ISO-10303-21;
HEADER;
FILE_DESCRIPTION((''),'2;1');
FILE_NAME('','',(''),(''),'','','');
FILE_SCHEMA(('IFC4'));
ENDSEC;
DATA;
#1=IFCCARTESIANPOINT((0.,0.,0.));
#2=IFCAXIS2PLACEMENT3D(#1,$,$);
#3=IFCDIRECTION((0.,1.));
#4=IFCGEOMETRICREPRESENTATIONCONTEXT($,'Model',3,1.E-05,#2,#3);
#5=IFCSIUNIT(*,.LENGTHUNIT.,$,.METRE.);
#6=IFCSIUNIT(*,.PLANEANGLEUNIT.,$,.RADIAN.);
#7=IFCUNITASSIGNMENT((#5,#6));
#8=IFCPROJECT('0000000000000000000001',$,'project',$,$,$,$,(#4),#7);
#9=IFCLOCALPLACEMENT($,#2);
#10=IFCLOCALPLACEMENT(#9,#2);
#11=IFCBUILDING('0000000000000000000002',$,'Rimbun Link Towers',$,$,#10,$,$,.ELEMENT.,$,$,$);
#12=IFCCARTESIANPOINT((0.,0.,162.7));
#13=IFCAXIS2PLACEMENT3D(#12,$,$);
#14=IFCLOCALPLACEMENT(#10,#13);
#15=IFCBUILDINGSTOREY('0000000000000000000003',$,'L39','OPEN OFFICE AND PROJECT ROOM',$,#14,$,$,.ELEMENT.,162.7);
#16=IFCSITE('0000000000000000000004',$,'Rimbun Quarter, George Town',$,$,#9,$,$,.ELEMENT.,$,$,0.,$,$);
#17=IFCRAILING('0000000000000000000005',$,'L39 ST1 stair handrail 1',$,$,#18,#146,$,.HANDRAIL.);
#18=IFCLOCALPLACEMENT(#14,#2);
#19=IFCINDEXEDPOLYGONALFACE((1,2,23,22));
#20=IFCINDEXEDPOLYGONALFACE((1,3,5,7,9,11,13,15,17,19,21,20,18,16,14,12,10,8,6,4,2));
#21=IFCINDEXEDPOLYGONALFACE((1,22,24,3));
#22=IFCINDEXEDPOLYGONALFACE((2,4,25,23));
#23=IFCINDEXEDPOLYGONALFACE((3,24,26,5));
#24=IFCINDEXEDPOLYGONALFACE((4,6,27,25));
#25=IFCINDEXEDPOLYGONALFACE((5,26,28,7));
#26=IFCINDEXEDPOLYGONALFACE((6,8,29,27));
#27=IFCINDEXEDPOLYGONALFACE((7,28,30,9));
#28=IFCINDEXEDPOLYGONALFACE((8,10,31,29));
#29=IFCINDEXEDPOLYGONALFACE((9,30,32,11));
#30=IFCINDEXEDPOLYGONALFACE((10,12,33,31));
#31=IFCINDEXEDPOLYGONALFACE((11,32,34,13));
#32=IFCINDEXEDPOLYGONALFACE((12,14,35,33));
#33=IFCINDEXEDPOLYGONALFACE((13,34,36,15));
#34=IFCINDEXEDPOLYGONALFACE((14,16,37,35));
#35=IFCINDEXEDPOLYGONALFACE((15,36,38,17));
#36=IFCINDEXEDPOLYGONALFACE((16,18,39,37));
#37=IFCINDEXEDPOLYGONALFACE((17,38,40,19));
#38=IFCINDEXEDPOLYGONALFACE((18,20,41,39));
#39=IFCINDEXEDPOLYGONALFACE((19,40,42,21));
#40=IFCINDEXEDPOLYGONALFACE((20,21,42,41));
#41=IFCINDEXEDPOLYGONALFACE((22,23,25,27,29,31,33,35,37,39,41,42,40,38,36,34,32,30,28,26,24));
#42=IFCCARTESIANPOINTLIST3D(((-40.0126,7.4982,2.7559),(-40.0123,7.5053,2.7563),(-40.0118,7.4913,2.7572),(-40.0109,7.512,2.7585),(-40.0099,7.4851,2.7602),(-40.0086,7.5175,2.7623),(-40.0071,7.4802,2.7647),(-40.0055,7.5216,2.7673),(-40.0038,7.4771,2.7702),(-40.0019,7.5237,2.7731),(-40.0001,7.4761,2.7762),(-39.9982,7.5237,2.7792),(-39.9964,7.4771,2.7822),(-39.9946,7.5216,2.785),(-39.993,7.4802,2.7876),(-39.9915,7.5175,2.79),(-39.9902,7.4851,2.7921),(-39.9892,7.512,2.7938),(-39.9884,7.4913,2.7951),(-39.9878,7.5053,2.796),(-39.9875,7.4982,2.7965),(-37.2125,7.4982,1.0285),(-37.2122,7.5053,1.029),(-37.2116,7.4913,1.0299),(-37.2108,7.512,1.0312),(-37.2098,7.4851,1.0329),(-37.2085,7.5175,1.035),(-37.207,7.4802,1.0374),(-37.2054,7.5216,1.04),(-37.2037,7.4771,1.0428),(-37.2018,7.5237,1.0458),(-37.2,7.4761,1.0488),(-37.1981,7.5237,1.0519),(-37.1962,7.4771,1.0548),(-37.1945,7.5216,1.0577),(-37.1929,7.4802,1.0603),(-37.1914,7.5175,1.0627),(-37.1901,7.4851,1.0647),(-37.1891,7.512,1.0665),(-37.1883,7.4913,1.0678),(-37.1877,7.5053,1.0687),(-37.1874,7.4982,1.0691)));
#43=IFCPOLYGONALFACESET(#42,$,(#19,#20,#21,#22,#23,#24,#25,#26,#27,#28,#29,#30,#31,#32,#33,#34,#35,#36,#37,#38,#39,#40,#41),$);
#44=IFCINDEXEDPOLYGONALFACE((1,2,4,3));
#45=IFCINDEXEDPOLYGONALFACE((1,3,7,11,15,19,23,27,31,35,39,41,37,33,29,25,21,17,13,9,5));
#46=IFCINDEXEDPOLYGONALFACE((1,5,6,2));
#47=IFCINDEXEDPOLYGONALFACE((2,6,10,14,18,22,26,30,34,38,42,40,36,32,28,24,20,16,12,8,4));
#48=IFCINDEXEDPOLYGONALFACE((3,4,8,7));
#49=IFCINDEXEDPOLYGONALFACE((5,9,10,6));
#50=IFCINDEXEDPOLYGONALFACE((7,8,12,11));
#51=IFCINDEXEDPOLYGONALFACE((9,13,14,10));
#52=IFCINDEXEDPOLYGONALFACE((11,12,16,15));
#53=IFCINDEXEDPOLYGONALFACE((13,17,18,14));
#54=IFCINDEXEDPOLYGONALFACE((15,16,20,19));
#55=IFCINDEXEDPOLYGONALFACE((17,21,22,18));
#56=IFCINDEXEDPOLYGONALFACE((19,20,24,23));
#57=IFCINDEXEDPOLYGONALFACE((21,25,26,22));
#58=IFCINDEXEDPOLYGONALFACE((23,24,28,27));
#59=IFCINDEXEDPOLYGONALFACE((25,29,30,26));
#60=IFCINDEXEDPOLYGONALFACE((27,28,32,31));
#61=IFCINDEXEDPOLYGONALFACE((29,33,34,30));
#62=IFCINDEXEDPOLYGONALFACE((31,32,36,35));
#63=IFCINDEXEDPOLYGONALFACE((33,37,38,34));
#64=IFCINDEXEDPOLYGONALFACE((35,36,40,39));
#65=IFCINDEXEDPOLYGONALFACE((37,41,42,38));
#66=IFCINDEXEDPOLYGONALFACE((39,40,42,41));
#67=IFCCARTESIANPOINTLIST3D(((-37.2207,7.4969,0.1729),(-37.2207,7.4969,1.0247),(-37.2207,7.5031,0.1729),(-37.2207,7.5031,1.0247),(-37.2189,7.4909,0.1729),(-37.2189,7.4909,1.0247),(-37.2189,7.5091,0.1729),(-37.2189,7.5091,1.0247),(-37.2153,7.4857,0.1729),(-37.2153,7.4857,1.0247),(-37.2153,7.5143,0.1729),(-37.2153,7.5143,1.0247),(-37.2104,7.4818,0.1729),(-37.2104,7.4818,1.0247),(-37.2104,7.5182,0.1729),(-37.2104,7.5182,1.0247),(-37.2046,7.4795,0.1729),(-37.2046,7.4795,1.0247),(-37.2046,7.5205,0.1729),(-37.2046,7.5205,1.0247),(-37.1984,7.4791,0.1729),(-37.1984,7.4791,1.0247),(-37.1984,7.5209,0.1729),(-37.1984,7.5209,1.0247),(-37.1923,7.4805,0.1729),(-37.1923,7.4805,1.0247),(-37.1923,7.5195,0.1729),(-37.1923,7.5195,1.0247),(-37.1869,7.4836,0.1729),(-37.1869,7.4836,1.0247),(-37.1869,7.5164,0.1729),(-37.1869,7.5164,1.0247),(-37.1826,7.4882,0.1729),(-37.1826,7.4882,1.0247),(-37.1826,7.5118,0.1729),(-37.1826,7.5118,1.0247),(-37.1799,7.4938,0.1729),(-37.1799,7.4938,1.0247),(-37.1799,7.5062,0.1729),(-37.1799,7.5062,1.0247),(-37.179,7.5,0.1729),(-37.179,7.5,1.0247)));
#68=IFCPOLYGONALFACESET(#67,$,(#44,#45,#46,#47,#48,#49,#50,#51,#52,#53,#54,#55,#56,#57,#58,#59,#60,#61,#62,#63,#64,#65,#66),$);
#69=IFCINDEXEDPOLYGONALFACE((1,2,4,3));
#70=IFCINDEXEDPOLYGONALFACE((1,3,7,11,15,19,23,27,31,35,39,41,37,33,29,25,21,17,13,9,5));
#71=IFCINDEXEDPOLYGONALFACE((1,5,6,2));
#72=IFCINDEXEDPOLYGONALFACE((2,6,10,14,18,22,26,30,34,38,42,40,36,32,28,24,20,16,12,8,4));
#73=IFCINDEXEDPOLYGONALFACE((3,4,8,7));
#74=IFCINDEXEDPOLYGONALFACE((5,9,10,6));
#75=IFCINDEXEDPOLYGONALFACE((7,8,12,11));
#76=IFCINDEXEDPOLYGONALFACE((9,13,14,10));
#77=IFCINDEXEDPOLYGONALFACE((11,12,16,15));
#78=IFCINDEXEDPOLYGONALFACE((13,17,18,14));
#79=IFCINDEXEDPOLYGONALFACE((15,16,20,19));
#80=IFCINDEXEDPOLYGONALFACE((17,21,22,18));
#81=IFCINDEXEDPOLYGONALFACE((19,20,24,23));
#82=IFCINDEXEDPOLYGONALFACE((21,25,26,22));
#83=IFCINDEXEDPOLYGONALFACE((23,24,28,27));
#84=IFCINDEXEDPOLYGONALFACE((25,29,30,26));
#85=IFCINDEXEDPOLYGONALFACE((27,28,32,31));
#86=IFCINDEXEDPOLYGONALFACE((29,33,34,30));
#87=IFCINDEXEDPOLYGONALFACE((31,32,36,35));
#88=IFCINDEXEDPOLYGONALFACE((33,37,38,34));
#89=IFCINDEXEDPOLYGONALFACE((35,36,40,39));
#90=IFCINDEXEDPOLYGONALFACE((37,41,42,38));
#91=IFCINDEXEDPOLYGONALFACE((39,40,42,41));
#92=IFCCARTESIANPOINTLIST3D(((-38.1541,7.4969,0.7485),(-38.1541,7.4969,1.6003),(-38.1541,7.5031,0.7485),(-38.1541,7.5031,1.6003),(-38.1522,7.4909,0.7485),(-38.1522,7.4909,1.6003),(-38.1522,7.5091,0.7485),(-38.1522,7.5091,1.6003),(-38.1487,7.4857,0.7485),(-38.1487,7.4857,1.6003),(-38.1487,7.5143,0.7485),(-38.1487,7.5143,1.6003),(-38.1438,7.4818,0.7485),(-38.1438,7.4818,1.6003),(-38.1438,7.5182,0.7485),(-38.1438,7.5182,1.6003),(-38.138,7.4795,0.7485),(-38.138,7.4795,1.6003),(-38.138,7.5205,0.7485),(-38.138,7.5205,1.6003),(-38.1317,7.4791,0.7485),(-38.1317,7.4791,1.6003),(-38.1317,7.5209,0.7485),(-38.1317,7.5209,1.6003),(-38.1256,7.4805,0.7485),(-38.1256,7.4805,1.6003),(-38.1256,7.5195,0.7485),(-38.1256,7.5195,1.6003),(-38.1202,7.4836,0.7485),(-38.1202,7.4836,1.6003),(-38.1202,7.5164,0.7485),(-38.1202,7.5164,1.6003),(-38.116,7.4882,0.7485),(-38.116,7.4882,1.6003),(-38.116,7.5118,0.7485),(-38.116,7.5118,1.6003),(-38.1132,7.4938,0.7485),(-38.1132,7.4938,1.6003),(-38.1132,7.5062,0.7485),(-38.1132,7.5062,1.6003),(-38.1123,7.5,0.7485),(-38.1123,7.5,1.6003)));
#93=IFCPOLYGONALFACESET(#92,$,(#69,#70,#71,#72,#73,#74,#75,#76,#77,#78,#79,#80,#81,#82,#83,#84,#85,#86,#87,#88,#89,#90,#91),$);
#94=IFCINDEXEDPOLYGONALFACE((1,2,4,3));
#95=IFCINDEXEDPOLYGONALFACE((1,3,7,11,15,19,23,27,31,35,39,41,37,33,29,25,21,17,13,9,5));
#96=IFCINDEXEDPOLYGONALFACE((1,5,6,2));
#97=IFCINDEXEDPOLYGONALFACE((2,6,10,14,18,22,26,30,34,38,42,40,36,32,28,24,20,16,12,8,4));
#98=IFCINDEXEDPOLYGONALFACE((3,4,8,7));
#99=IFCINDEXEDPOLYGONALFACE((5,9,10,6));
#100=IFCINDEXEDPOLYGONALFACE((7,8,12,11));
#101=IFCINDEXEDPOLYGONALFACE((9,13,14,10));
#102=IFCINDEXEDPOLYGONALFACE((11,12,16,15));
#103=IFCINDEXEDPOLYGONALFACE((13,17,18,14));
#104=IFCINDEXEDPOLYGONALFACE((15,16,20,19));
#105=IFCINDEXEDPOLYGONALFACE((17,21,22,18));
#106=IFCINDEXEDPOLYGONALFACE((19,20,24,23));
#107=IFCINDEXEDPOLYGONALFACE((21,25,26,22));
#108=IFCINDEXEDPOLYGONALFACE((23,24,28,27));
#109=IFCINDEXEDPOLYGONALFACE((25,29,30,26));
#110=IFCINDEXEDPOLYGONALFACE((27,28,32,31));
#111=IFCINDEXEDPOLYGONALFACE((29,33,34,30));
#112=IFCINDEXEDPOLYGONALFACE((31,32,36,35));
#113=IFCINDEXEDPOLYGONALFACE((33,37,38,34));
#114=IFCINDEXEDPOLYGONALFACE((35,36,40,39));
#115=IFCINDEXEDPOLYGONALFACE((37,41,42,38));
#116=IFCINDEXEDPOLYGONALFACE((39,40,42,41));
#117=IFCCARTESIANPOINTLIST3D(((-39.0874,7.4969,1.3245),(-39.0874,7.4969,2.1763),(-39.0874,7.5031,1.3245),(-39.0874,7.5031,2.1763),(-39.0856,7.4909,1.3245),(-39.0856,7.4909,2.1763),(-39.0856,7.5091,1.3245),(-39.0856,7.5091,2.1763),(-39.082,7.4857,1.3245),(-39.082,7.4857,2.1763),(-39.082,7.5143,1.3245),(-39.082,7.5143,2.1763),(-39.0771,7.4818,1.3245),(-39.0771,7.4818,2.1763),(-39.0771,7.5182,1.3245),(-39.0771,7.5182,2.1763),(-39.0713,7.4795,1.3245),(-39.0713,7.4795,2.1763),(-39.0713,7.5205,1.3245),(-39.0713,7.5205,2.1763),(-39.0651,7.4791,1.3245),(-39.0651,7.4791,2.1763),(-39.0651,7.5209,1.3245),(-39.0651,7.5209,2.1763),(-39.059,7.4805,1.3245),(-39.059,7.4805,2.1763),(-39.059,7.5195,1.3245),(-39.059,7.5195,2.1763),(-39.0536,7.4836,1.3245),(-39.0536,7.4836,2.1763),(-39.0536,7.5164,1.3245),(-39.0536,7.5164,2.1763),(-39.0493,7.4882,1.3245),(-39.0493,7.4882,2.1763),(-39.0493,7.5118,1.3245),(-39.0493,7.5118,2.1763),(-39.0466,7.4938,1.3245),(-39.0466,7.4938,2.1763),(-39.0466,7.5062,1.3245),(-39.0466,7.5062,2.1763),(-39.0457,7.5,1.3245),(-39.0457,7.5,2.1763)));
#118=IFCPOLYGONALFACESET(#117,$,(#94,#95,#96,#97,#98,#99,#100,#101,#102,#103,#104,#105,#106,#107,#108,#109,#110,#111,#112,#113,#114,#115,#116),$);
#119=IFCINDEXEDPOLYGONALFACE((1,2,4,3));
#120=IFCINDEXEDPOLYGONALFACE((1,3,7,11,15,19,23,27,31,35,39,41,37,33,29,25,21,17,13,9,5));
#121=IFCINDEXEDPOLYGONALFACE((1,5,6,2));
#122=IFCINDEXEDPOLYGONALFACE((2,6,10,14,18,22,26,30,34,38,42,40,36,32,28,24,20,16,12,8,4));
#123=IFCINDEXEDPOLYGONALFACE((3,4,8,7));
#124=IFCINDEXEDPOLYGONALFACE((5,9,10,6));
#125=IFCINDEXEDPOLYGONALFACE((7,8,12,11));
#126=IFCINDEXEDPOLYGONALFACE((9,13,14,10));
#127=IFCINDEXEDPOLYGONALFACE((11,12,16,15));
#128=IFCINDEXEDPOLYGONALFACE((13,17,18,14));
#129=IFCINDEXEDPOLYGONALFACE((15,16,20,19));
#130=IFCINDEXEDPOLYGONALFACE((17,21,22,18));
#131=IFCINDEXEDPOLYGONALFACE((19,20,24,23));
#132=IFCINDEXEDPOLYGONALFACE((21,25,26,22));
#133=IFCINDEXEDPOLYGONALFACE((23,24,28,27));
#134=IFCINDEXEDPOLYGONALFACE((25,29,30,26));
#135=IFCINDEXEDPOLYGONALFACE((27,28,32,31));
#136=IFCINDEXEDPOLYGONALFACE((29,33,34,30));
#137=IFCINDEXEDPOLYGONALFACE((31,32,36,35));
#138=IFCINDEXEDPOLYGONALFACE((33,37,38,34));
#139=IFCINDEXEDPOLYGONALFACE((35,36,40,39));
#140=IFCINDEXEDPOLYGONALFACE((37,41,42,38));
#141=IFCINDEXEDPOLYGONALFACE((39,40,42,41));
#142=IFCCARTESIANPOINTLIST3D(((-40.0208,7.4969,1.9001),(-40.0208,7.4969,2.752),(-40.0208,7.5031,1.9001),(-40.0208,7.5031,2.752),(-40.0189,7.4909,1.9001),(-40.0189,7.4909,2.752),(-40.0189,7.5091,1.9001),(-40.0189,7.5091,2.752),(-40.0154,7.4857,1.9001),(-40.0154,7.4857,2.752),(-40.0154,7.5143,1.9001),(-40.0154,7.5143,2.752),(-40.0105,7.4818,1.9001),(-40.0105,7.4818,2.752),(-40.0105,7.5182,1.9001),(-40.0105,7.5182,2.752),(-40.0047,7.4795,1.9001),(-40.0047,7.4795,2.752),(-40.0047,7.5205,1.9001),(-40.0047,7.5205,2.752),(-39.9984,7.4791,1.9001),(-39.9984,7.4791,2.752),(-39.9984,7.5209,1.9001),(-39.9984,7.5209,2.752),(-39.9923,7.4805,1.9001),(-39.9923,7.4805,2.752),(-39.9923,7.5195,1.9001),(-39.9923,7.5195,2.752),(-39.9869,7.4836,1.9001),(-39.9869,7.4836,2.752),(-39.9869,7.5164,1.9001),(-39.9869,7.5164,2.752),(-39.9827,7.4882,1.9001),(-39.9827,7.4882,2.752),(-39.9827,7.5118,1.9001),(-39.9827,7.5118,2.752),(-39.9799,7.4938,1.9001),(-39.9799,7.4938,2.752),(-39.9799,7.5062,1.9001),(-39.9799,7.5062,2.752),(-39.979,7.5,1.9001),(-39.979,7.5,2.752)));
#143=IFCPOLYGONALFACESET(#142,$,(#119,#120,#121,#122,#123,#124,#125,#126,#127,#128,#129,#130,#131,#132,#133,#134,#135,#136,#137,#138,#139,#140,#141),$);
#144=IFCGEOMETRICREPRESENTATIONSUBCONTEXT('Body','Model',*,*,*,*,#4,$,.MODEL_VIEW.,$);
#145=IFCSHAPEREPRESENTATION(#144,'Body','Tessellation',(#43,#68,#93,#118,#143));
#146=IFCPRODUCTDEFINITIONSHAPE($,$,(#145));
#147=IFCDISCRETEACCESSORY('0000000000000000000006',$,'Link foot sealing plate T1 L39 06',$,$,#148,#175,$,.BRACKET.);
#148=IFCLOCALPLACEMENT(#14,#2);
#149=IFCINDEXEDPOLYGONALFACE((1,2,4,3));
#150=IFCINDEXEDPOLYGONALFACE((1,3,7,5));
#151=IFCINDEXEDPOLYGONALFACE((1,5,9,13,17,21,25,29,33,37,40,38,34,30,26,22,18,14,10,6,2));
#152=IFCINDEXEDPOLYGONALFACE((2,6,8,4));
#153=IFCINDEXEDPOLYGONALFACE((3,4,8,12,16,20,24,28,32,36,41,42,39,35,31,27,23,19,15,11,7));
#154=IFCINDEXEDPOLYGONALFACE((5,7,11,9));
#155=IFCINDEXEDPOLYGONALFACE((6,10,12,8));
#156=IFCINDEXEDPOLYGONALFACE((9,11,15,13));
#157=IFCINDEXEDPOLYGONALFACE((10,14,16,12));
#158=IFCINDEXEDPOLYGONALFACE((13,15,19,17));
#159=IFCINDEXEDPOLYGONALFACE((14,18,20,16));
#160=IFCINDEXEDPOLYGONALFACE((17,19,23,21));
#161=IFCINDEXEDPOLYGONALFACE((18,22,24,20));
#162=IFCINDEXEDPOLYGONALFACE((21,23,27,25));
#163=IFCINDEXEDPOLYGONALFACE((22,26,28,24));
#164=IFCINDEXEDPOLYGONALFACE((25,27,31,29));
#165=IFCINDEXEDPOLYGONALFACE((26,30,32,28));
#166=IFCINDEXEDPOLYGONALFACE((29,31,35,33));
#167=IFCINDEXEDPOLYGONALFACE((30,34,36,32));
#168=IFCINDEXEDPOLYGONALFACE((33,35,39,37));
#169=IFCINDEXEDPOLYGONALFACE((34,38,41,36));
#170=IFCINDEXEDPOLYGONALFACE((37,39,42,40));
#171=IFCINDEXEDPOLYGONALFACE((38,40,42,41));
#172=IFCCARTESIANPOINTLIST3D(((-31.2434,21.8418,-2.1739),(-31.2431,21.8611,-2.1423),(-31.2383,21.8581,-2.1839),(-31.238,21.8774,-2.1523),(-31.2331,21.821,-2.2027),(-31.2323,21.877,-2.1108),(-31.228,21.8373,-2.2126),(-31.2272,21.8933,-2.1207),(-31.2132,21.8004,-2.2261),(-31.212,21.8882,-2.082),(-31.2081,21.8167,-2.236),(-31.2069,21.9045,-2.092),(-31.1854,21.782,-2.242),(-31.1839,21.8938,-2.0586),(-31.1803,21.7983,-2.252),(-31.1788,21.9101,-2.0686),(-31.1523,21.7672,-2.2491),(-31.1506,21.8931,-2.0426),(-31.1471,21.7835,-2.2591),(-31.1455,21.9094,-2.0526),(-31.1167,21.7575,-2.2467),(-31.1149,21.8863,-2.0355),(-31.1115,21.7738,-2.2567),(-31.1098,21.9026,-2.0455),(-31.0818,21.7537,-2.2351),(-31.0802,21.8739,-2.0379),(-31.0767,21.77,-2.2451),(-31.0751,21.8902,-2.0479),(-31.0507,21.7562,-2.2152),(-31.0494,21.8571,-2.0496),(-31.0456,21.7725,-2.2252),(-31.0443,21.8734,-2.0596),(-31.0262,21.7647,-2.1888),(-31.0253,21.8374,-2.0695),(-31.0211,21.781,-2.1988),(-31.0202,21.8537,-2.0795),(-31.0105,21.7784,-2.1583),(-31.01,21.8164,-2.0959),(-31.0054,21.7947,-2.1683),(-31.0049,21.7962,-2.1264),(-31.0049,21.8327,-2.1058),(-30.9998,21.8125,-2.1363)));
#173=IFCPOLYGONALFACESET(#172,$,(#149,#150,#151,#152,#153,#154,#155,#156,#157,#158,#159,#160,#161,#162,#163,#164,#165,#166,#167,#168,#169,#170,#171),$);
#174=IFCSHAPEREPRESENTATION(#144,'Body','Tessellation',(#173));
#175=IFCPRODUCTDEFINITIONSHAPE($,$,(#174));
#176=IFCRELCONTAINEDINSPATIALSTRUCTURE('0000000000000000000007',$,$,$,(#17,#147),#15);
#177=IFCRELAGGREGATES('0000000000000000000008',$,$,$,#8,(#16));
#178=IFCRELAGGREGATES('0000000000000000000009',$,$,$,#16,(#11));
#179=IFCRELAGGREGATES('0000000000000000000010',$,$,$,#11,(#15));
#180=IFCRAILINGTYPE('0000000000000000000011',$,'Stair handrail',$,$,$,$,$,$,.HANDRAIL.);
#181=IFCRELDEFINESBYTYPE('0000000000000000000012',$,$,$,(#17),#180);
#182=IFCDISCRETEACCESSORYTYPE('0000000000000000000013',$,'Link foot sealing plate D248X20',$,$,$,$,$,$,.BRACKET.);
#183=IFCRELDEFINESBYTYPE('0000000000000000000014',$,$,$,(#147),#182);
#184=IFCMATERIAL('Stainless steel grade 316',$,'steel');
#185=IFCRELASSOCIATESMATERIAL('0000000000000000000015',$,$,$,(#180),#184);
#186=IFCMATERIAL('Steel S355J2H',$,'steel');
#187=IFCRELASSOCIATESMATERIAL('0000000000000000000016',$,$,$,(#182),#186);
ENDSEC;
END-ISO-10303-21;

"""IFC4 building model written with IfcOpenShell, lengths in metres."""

from ifc_helpers import new_model, si_unit, direction, frame, origin, origin_2d, place, context, subcontext, project, spatial, circle, extrude, material, material_profile, profile_set, type_object, element, save


model = new_model("IFC4")

# Units and contexts
model_context = context("Model", 3, precision=1e-05, world=origin(), true_north=direction((0.0, 1.0)))
body_context = subcontext(model_context, "Body", "Model", "MODEL_VIEW")
ifc_project = project(units=[si_unit("LENGTHUNIT", "METRE"), si_unit("PLANEANGLEUNIT", "RADIAN")], contexts=[model_context])

# Site, building, storey
site_placement = place(None, origin())
site = spatial("IfcSite", under=ifc_project, at=site_placement, Name="Rimbun Quarter, George Town", CompositionType="ELEMENT", RefElevation=0.0)
building_placement = place(site_placement, origin())
building = spatial("IfcBuilding", under=site, at=building_placement, Name="Rimbun Link Towers", CompositionType="ELEMENT")
storey_placement = place(building_placement, frame((0.0, 0.0, 162.7)))
storey = spatial("IfcBuildingStorey", under=building, at=storey_placement, Name="L39", Description="OPEN OFFICE AND PROJECT ROOM", CompositionType="ELEMENT", Elevation=162.7)

# Railing
ifc_material_1 = material(Name="Stainless steel grade 316", Category="steel")
railing_type_1 = type_object("IfcRailingType", Name="Stair handrail", PredefinedType="HANDRAIL", material=ifc_material_1)
railing_1_placement = place(storey_placement, frame((-37.2, 7.5, 0.1729)))
element("IfcRailing", 1, at=railing_1_placement, inside=storey, type_object=railing_type_1, Name="L39 ST1 stair handrail 1", PredefinedType="HANDRAIL", context=body_context, shape_type="SweptSolid", body=[
    extrude(circle(Radius=0.0239, at=origin_2d()), frame((0.0, 0.0, 0.876), z_axis=(-0.85109, 0.0, 0.52502), x_axis=(0.0, -1.0, 0.0)), (0.0, 0.0, 1.0), 3.29),
    extrude(circle(Radius=0.021, at=origin_2d()), origin(), (0.0, 0.0, 1.0), 0.8518),
    extrude(circle(Radius=0.021, at=origin_2d()), frame((-0.9333, 0.0, 0.5757)), (0.0, 0.0, 1.0), 0.8518),
    extrude(circle(Radius=0.021, at=origin_2d()), frame((-1.8667, 0.0, 1.1516)), (0.0, 0.0, 1.0), 0.8518),
    extrude(circle(Radius=0.021, at=origin_2d()), frame((-2.8, 0.0, 1.7273)), (0.0, 0.0, 1.0), 0.8518),
])

# Discrete accessory
ifc_material_2 = material(Name="Steel S355J2H", Category="steel")
ifc_material_profile_1 = material_profile(ifc_material_2, circle(Radius=0.124, at=origin_2d()), Name="PL D248")
ifc_profile_set_1 = profile_set([ifc_material_profile_1], Name="Steel S355J2H")
discrete_accessory_type = type_object("IfcDiscreteAccessoryType", Name="Link foot sealing plate D248X20", PredefinedType="BRACKET", material=ifc_profile_set_1)
discrete_accessory_placement = place(storey_placement, frame((-31.1248, 21.824, -2.1423), z_axis=(0.258277, 0.824027, -0.504255), x_axis=(-0.954226, 0.299086, 0.0)))
element("IfcDiscreteAccessory", 2, at=discrete_accessory_placement, inside=storey, type_object=discrete_accessory_type, Name="Link foot sealing plate T1 L39 06", PredefinedType="BRACKET", context=body_context, shape_type="SweptSolid", body=[
    extrude(circle(Radius=0.124, at=origin_2d()), origin(), (0.0, 0.0, 1.0), 0.0198),
])

save(model, "model.ifc")
